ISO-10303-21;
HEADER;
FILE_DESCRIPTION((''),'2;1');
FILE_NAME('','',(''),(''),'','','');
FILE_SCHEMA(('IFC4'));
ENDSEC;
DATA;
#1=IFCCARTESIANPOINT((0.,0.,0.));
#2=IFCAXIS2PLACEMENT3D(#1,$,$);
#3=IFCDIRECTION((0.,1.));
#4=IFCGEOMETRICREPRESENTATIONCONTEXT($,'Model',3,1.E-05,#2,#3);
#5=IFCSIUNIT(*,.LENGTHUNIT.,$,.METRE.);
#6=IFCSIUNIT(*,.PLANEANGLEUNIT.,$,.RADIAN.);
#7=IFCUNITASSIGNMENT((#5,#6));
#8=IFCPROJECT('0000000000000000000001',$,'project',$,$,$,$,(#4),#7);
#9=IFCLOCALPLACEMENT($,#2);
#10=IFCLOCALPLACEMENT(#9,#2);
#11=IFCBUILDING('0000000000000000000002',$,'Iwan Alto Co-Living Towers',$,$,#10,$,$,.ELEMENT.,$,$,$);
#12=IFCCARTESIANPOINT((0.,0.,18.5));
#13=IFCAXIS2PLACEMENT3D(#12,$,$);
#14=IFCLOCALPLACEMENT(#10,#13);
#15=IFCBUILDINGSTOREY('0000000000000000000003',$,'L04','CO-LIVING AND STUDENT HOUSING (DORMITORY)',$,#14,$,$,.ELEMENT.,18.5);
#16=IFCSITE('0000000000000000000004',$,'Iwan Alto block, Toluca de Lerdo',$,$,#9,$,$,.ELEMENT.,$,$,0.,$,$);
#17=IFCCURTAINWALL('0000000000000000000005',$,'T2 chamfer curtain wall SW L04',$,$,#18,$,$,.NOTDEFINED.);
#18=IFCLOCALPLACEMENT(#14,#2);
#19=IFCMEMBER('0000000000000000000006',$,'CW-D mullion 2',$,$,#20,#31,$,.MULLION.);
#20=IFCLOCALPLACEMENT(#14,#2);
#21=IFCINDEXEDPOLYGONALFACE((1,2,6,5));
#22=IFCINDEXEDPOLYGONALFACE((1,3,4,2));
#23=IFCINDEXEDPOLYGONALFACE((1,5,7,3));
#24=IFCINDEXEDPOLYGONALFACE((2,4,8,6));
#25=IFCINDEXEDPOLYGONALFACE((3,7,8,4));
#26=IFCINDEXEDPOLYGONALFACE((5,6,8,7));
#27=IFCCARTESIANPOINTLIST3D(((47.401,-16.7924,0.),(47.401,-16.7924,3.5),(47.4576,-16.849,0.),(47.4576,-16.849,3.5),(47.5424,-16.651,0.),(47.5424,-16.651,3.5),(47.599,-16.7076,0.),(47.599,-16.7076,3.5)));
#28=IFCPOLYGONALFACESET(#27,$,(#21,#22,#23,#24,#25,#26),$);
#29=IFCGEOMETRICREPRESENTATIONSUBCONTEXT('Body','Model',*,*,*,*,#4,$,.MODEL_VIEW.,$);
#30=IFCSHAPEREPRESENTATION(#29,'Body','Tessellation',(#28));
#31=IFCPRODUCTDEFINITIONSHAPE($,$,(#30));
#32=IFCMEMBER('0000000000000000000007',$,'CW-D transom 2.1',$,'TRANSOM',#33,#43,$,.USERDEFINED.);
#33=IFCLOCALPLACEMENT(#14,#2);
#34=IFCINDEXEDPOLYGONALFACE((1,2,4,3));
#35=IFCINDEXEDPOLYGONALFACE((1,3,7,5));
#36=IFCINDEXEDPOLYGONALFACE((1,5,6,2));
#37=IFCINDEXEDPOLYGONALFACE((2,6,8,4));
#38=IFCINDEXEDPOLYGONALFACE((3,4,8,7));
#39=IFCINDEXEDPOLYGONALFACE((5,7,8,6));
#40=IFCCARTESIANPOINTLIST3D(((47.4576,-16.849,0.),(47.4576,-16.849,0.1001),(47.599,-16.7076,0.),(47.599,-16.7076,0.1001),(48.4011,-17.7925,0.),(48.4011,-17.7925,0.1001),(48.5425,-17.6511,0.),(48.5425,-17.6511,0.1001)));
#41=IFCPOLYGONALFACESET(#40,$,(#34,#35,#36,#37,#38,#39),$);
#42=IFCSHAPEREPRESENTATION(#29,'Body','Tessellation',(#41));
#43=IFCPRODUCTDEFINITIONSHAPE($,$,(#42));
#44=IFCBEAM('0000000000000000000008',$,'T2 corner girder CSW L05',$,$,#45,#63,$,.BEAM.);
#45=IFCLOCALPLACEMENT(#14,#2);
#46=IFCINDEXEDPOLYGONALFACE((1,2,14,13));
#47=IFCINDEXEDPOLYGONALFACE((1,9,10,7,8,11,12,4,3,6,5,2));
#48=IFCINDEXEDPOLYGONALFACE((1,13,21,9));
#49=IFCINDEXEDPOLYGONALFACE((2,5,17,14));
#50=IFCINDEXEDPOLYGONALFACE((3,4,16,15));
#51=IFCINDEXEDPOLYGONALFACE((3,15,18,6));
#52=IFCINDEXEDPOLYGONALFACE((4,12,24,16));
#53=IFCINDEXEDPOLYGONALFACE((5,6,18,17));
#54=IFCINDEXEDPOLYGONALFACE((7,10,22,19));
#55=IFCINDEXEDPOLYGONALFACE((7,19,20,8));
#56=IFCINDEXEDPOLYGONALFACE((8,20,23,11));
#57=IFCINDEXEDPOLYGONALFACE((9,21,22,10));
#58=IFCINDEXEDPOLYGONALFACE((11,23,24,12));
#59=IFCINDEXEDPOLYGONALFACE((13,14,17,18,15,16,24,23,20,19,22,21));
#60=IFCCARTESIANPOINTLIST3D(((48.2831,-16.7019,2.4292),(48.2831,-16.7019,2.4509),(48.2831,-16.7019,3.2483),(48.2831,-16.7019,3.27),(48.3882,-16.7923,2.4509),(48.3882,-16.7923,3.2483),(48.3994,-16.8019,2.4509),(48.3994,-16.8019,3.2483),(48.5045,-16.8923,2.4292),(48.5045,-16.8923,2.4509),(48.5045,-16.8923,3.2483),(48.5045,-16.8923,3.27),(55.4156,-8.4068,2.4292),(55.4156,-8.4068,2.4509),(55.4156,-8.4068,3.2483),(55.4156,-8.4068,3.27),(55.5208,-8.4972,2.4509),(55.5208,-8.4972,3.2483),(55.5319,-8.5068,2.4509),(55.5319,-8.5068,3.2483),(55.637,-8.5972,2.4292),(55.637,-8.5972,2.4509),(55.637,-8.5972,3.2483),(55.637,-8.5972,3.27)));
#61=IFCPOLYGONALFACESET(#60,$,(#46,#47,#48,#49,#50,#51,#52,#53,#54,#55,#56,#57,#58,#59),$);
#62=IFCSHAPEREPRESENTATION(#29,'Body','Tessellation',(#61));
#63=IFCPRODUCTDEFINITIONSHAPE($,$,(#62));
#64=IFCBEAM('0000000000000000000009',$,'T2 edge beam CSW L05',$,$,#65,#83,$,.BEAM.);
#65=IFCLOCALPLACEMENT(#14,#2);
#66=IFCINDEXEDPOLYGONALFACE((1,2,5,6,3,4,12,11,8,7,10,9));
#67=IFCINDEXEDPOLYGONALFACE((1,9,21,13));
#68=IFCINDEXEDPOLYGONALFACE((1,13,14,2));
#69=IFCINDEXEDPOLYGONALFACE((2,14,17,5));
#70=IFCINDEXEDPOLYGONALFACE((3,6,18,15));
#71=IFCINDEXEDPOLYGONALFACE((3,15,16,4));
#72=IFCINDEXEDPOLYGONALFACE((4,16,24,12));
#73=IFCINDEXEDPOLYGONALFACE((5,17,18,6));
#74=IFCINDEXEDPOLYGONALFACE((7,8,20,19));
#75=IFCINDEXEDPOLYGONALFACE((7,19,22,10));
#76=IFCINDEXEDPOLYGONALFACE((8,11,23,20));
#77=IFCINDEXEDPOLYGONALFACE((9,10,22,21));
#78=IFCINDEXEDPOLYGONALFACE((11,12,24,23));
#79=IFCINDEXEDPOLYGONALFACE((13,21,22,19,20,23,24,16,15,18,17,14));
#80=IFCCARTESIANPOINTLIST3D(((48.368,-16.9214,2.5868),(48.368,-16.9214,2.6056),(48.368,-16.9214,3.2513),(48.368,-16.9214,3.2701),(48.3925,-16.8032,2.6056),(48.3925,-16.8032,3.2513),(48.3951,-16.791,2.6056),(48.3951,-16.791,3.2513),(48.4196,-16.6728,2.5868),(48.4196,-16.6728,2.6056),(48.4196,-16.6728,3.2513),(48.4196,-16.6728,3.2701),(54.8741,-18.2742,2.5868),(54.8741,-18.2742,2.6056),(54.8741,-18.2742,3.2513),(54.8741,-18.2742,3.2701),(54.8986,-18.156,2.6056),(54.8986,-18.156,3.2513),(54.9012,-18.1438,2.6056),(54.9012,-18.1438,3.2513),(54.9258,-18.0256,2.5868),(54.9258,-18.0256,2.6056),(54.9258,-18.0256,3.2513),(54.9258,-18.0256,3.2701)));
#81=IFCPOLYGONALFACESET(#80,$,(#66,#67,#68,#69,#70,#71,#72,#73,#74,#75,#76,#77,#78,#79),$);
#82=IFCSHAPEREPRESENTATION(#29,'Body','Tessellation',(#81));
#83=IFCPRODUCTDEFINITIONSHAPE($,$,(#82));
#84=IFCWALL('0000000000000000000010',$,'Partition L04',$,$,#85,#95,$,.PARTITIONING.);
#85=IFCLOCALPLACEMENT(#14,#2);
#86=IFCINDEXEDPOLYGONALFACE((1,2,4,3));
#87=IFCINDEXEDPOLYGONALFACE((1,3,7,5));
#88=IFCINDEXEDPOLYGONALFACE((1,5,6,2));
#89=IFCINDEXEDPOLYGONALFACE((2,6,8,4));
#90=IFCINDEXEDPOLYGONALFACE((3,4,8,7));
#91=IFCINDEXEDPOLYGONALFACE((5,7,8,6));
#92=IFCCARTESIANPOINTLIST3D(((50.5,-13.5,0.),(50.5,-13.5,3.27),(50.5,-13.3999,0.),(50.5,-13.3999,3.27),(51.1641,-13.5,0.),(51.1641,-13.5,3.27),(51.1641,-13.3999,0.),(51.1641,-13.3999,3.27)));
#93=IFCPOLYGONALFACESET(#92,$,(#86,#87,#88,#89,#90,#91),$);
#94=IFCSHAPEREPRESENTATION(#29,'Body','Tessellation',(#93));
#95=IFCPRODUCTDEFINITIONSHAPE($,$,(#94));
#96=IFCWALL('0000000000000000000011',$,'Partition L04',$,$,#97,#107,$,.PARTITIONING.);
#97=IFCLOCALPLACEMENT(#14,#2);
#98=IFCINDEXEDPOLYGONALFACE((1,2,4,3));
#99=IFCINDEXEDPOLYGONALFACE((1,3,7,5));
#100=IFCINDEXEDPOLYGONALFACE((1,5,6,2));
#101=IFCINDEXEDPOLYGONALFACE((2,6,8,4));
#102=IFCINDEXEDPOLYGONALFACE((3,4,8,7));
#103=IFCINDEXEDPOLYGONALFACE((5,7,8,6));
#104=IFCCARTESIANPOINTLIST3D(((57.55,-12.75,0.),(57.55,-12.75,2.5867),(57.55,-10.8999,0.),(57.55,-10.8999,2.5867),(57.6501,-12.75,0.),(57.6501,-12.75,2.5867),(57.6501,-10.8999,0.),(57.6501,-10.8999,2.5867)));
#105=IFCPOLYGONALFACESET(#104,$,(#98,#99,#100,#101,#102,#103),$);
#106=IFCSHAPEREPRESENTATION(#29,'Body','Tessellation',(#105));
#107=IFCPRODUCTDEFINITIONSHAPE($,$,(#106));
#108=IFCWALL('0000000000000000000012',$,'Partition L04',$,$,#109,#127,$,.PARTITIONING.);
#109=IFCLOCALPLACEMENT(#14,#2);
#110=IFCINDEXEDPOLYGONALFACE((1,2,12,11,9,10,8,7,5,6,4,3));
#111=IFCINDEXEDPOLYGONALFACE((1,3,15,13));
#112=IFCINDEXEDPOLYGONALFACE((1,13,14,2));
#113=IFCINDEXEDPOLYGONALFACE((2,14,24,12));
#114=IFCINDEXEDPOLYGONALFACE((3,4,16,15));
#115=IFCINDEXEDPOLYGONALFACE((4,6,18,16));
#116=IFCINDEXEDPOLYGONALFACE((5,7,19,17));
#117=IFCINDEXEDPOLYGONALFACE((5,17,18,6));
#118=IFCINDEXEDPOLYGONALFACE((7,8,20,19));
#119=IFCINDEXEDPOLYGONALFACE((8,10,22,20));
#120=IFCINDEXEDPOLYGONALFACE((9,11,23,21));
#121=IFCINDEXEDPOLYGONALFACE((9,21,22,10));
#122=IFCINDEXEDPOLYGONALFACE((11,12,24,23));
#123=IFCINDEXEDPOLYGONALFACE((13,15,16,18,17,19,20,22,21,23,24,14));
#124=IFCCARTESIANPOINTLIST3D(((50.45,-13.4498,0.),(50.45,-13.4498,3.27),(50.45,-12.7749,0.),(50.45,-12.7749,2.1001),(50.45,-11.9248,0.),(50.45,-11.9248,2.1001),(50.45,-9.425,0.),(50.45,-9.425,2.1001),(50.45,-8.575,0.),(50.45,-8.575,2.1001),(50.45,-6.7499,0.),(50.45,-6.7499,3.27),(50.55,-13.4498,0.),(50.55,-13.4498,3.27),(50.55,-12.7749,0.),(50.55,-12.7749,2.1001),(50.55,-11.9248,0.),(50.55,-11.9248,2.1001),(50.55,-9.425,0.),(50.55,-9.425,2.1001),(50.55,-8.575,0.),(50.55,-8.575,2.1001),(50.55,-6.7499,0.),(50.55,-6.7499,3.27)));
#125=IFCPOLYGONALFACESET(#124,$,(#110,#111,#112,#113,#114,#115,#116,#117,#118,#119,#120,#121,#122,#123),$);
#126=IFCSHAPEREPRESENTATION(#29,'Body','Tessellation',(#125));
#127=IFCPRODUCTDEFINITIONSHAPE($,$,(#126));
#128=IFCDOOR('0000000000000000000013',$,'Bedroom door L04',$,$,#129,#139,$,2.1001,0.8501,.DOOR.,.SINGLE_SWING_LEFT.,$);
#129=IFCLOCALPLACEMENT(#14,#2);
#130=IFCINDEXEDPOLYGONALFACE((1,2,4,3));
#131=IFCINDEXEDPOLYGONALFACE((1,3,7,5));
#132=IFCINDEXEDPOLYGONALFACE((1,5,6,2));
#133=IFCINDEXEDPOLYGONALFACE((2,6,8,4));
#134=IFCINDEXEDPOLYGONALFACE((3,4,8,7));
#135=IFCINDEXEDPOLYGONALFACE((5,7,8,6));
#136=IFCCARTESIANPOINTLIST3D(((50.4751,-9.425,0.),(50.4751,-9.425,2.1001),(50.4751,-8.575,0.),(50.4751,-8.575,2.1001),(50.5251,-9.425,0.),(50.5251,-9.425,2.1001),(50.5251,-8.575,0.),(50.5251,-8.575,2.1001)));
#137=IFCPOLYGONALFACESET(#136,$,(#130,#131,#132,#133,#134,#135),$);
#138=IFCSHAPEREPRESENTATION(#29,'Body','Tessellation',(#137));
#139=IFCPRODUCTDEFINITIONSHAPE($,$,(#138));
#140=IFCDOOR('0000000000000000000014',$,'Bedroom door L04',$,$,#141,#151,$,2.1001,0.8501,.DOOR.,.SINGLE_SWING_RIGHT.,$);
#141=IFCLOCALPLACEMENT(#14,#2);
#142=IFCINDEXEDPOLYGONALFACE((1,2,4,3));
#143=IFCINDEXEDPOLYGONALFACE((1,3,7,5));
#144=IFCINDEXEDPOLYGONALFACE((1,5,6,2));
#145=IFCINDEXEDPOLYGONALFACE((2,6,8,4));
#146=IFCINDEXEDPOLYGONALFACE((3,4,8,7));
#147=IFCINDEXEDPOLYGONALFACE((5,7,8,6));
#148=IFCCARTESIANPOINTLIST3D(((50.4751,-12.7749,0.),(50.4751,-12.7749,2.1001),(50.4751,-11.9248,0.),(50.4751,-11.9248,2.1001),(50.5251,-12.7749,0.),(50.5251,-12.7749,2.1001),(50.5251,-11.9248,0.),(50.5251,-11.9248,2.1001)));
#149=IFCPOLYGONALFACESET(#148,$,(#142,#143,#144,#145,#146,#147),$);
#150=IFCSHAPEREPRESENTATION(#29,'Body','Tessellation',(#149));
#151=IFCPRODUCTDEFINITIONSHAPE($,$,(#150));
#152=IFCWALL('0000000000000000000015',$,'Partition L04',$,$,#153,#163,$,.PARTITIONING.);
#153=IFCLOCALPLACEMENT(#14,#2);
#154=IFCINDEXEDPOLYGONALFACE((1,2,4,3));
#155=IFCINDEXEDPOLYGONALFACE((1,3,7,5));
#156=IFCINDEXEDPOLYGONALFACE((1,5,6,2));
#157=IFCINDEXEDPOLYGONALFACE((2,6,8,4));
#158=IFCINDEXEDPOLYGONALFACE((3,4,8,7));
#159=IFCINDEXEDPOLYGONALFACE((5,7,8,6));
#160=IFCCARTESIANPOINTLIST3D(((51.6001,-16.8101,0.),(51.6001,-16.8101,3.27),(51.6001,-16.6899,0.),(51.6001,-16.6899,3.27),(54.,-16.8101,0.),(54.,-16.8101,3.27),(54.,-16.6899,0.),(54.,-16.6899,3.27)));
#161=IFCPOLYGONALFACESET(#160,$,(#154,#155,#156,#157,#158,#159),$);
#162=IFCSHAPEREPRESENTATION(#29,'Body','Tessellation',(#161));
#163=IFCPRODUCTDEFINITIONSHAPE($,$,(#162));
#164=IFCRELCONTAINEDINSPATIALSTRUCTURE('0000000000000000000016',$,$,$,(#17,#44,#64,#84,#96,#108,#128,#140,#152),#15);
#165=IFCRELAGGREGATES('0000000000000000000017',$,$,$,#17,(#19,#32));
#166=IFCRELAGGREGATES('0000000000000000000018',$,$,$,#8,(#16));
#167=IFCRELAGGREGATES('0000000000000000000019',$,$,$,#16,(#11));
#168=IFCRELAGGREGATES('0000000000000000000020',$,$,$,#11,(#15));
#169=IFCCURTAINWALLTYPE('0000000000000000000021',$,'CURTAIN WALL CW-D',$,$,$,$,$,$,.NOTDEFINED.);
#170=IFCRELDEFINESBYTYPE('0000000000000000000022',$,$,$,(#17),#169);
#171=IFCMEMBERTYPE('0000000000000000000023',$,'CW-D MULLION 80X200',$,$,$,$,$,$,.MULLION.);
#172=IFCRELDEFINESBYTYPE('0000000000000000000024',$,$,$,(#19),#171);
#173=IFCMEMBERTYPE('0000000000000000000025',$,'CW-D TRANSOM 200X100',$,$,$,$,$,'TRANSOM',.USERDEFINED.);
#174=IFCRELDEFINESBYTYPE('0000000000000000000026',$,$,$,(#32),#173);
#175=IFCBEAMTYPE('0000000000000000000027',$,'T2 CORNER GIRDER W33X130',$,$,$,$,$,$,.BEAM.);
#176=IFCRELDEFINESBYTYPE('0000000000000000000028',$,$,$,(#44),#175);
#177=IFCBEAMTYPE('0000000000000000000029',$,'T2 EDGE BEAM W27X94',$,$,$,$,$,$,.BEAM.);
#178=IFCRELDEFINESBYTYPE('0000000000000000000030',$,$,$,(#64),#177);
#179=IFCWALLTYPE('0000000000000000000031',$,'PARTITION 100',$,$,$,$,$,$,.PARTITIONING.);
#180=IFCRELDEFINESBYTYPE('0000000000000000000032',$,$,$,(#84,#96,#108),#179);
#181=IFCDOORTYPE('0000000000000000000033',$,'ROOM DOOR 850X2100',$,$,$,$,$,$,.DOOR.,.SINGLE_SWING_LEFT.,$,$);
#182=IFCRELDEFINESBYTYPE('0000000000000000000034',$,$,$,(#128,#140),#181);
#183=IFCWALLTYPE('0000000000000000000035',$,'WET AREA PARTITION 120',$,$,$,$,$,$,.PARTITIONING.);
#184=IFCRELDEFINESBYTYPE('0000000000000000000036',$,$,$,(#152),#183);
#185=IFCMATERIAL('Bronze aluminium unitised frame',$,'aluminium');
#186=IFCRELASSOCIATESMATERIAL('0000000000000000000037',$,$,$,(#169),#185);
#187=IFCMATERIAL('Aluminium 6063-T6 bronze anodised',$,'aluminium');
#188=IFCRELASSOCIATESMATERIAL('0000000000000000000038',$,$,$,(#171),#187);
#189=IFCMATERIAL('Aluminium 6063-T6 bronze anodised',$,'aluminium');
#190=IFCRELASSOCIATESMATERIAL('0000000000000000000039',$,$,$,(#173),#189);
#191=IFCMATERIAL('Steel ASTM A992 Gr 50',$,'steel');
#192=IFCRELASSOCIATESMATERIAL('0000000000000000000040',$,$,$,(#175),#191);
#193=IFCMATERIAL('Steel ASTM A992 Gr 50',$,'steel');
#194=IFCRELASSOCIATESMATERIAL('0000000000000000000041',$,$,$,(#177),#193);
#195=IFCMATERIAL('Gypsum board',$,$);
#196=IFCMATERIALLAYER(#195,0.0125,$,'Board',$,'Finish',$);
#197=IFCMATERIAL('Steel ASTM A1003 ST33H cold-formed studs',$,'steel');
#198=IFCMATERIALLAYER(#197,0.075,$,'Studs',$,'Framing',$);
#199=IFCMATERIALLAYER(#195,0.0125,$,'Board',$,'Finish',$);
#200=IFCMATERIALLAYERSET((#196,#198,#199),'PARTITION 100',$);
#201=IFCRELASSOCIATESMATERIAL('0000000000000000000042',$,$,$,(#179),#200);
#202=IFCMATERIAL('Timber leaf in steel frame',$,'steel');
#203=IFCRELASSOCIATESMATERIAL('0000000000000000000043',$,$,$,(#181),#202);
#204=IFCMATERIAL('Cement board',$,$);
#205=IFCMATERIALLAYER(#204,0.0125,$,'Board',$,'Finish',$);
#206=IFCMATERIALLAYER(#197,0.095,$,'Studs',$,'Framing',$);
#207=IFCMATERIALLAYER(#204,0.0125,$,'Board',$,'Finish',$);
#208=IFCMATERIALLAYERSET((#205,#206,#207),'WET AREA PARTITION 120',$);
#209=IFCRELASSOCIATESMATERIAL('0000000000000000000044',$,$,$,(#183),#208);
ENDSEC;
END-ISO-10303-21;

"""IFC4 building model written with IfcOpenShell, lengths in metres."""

from ifc_helpers import new_model, si_unit, direction, frame, frame_2d, origin, origin_2d, place, context, subcontext, project, spatial, rectangle, i_section, extrude, material, layer, layer_set, material_profile, profile_set, type_object, element, fill, aggregate, save


model = new_model("IFC4")

# Units and contexts
model_context = context("Model", 3, precision=1e-05, world=origin(), true_north=direction((0.0, 1.0)))
body_context = subcontext(model_context, "Body", "Model", "MODEL_VIEW")
ifc_project = project(units=[si_unit("LENGTHUNIT", "METRE"), si_unit("PLANEANGLEUNIT", "RADIAN")], contexts=[model_context])

# Site, building, storey
site_placement = place(None, origin())
site = spatial("IfcSite", under=ifc_project, at=site_placement, Name="Iwan Alto block, Toluca de Lerdo", CompositionType="ELEMENT", RefElevation=0.0)
building_placement = place(site_placement, origin())
building = spatial("IfcBuilding", under=site, at=building_placement, Name="Iwan Alto Co-Living Towers", CompositionType="ELEMENT")
storey_placement = place(building_placement, frame((0.0, 0.0, 18.5)))
storey = spatial("IfcBuildingStorey", under=building, at=storey_placement, Name="L04", Description="CO-LIVING AND STUDENT HOUSING (DORMITORY)", CompositionType="ELEMENT", Elevation=18.5)

# Curtain wall, members
ifc_material_1 = material(Name="Bronze aluminium unitised frame", Category="aluminium")
curtain_wall_type = type_object("IfcCurtainWallType", Name="CURTAIN WALL CW-D", PredefinedType="NOTDEFINED", material=ifc_material_1)
curtain_wall_placement = place(storey_placement, origin())
curtain_wall = element("IfcCurtainWall", 1, at=curtain_wall_placement, inside=storey, type_object=curtain_wall_type, Name="T2 chamfer curtain wall SW L04", PredefinedType="NOTDEFINED")
ifc_material_2 = material(Name="Aluminium 6063-T6 bronze anodised", Category="aluminium")
ifc_material_profile_1 = material_profile(ifc_material_2, rectangle(XDim=0.2, YDim=0.0801, at=origin_2d()), Name="AL 80X200")
ifc_profile_set_1 = profile_set([ifc_material_profile_1], Name="Aluminium 6063-T6 bronze anodised")
member_type_1 = type_object("IfcMemberType", Name="CW-D MULLION 80X200", PredefinedType="MULLION", material=ifc_profile_set_1)
member_1_placement = place(storey_placement, frame((47.5, -16.75, 0.0), z_axis=(0.0, 0.0, 1.0), x_axis=(0.707107, 0.707107, 0.0)))
member_1 = element("IfcMember", 2, at=member_1_placement, type_object=member_type_1, Name="CW-D mullion 2", PredefinedType="MULLION", context=body_context, shape_type="SweptSolid", body=[
    extrude(rectangle(XDim=0.2, YDim=0.0801, at=origin_2d()), origin(), (0.0, 0.0, 1.0), 3.5),
])
ifc_material_3 = material(Name="Aluminium 6063-T6 bronze anodised", Category="aluminium")
ifc_material_profile_2 = material_profile(ifc_material_3, rectangle(XDim=0.2, YDim=0.1001, at=origin_2d()), Name="AL 200X100")
ifc_profile_set_2 = profile_set([ifc_material_profile_2], Name="Aluminium 6063-T6 bronze anodised")
member_type_2 = type_object("IfcMemberType", Name="CW-D TRANSOM 200X100", ElementType="TRANSOM", PredefinedType="USERDEFINED", material=ifc_profile_set_2)
member_2_placement = place(storey_placement, frame((47.5283, -16.7783, 0.05), z_axis=(0.707107, -0.707107, 0.0), x_axis=(0.707107, 0.707107, 0.0)))
member_2 = element("IfcMember", 3, at=member_2_placement, type_object=member_type_2, Name="CW-D transom 2.1", ObjectType="TRANSOM", PredefinedType="USERDEFINED", context=body_context, shape_type="SweptSolid", body=[
    extrude(rectangle(XDim=0.2, YDim=0.1001, at=origin_2d()), origin(), (0.0, 0.0, 1.0), 1.3342),
])
aggregate(curtain_wall, [member_1, member_2])

# Beams
ifc_material_4 = material(Name="Steel ASTM A992 Gr 50", Category="steel")
ifc_material_profile_3 = material_profile(ifc_material_4, i_section(OverallWidth=0.292, OverallDepth=0.8408, WebThickness=0.0146, FlangeThickness=0.0217, at=origin_2d()), Name="W33X130")
ifc_profile_set_3 = profile_set([ifc_material_profile_3], Name="Steel ASTM A992 Gr 50")
beam_type_1 = type_object("IfcBeamType", Name="T2 CORNER GIRDER W33X130", PredefinedType="BEAM", material=ifc_profile_set_3)
beam_1_placement = place(storey_placement, frame((48.3938, -16.7971, 2.8496), z_axis=(0.651972, 0.758243, 0.0), x_axis=(-0.758243, 0.651972, 0.0)))
element("IfcBeam", 4, at=beam_1_placement, inside=storey, type_object=beam_type_1, Name="T2 corner girder CSW L05", PredefinedType="BEAM", context=body_context, shape_type="SweptSolid", body=[
    extrude(i_section(OverallWidth=0.292, OverallDepth=0.8408, WebThickness=0.0146, FlangeThickness=0.0217, at=origin_2d()), origin(), (0.0, 0.0, 1.0), 10.9399),
])
ifc_material_5 = material(Name="Steel ASTM A992 Gr 50", Category="steel")
ifc_material_profile_4 = material_profile(ifc_material_5, i_section(OverallWidth=0.2539, OverallDepth=0.6833, WebThickness=0.0125, FlangeThickness=0.0188, at=origin_2d()), Name="W27X94")
ifc_profile_set_4 = profile_set([ifc_material_profile_4], Name="Steel ASTM A992 Gr 50")
beam_type_2 = type_object("IfcBeamType", Name="T2 EDGE BEAM W27X94", PredefinedType="BEAM", material=ifc_profile_set_4)
beam_2_placement = place(storey_placement, frame((48.3938, -16.7971, 2.9285), z_axis=(0.97906, -0.203571, 0.0), x_axis=(0.203571, 0.97906, 0.0)))
element("IfcBeam", 5, at=beam_2_placement, inside=storey, type_object=beam_type_2, Name="T2 edge beam CSW L05", PredefinedType="BEAM", context=body_context, shape_type="SweptSolid", body=[
    extrude(i_section(OverallWidth=0.2539, OverallDepth=0.6833, WebThickness=0.0125, FlangeThickness=0.0188, at=origin_2d()), origin(), (0.0, 0.0, 1.0), 6.6453),
])

# Walls
ifc_material_6 = material(Name="Gypsum board")
ifc_layer_1 = layer(ifc_material_6, 0.0125, Name="Board", Category="Finish")
ifc_material_7 = material(Name="Steel ASTM A1003 ST33H cold-formed studs", Category="steel")
ifc_layer_2 = layer(ifc_material_7, 0.075, Name="Studs", Category="Framing")
ifc_layer_3 = layer(ifc_material_6, 0.0125, Name="Board", Category="Finish")
ifc_layer_set_1 = layer_set([ifc_layer_1, ifc_layer_2, ifc_layer_3], Name="PARTITION 100")
wall_type_1 = type_object("IfcWallType", Name="PARTITION 100", PredefinedType="PARTITIONING", material=ifc_layer_set_1)
wall_1_placement = place(storey_placement, frame((50.5, -13.45, 0.0), z_axis=(0.0, 0.0, 1.0), x_axis=(1.0, 0.0, 0.0)))
element("IfcWall", 6, at=wall_1_placement, inside=storey, type_object=wall_type_1, Name="Partition L04", PredefinedType="PARTITIONING", context=body_context, shape_type="SweptSolid", body=[
    extrude(rectangle(XDim=0.6641, YDim=0.1001, at=frame_2d((0.332, 0.0))), origin(), (0.0, 0.0, 1.0), 3.27),
])
wall_2_placement = place(storey_placement, frame((57.6001, -12.75, 0.0), z_axis=(0.0, 0.0, 1.0), x_axis=(0.0, 1.0, 0.0)))
element("IfcWall", 7, at=wall_2_placement, inside=storey, type_object=wall_type_1, Name="Partition L04", PredefinedType="PARTITIONING", context=body_context, shape_type="SweptSolid", body=[
    extrude(rectangle(XDim=1.8501, YDim=0.1001, at=frame_2d((0.925, 0.0))), origin(), (0.0, 0.0, 1.0), 2.5867),
])

# Wall, openings, doors
wall_3_placement = place(storey_placement, frame((50.5, -13.45, 0.0), z_axis=(0.0, 0.0, 1.0), x_axis=(0.0, 1.0, 0.0)))
wall_3 = element("IfcWall", 8, at=wall_3_placement, inside=storey, type_object=wall_type_1, Name="Partition L04", PredefinedType="PARTITIONING", context=body_context, shape_type="SweptSolid", body=[
    extrude(rectangle(XDim=6.7, YDim=0.1001, at=frame_2d((3.3501, 0.0))), origin(), (0.0, 0.0, 1.0), 3.27),
])
opening_1_placement = place(wall_3_placement, frame((4.0249, 0.0, 0.0)))
opening_1 = element("IfcOpeningElement", 9, at=opening_1_placement, cuts=wall_3, PredefinedType="OPENING", context=body_context, shape_type="SweptSolid", body=[
    extrude(rectangle(XDim=0.8501, YDim=2.1001, at=frame_2d((0.425, 1.05))), frame((0.0, 0.0601, 0.0), z_axis=(0.0, -1.0, 0.0), x_axis=(1.0, 0.0, 0.0)), (0.0, 0.0, 1.0), 0.1201),
])
opening_2_placement = place(wall_3_placement, frame((0.675, 0.0, 0.0)))
opening_2 = element("IfcOpeningElement", 10, at=opening_2_placement, cuts=wall_3, PredefinedType="OPENING", context=body_context, shape_type="SweptSolid", body=[
    extrude(rectangle(XDim=0.8501, YDim=2.1001, at=frame_2d((0.425, 1.05))), frame((0.0, 0.0601, 0.0), z_axis=(0.0, -1.0, 0.0), x_axis=(1.0, 0.0, 0.0)), (0.0, 0.0, 1.0), 0.1201),
])
ifc_material_8 = material(Name="Timber leaf in steel frame", Category="steel")
door_type = type_object("IfcDoorType", Name="ROOM DOOR 850X2100", OperationType="SINGLE_SWING_LEFT", PredefinedType="DOOR", material=ifc_material_8)
door_1_placement = place(opening_1_placement, origin())
door_1 = element("IfcDoor", 11, at=door_1_placement, inside=storey, type_object=door_type, Name="Bedroom door L04", OperationType="SINGLE_SWING_LEFT", OverallHeight=2.1001, OverallWidth=0.8501, PredefinedType="DOOR", context=body_context, shape_type="SweptSolid", body=[
    extrude(rectangle(XDim=0.8501, YDim=2.1001, at=frame_2d((0.425, 1.05))), frame((0.0, 0.0249, 0.0), z_axis=(0.0, -1.0, 0.0), x_axis=(1.0, 0.0, 0.0)), (0.0, 0.0, 1.0), 0.05),
])
fill(opening_1, door_1)
door_2_placement = place(opening_2_placement, origin())
door_2 = element("IfcDoor", 12, at=door_2_placement, inside=storey, type_object=door_type, Name="Bedroom door L04", OperationType="SINGLE_SWING_RIGHT", OverallHeight=2.1001, OverallWidth=0.8501, PredefinedType="DOOR", context=body_context, shape_type="SweptSolid", body=[
    extrude(rectangle(XDim=0.8501, YDim=2.1001, at=frame_2d((0.425, 1.05))), frame((0.0, 0.0249, 0.0), z_axis=(0.0, -1.0, 0.0), x_axis=(1.0, 0.0, 0.0)), (0.0, 0.0, 1.0), 0.05),
])
fill(opening_2, door_2)

# Wall
ifc_material_9 = material(Name="Cement board")
ifc_layer_4 = layer(ifc_material_9, 0.0125, Name="Board", Category="Finish")
ifc_layer_5 = layer(ifc_material_7, 0.095, Name="Studs", Category="Framing")
ifc_layer_6 = layer(ifc_material_9, 0.0125, Name="Board", Category="Finish")
ifc_layer_set_2 = layer_set([ifc_layer_4, ifc_layer_5, ifc_layer_6], Name="WET AREA PARTITION 120")
wall_type_2 = type_object("IfcWallType", Name="WET AREA PARTITION 120", PredefinedType="PARTITIONING", material=ifc_layer_set_2)
for number, where, z_axis, x_axis, name in (
    (13, (51.6001, -16.75, 0.0), (0.0, 0.0, 1.0), (1.0, 0.0, 0.0), "Partition L04"),
):
    element("IfcWall", number, at=place(storey_placement, frame(where, z_axis=z_axis, x_axis=x_axis)), inside=storey, type_object=wall_type_2, Name=name, PredefinedType="PARTITIONING", context=body_context, shape_type="SweptSolid", body=[
        extrude(rectangle(XDim=2.3999, YDim=0.1201, at=frame_2d((1.2, 0.0))), origin(), (0.0, 0.0, 1.0), 3.27),
    ])

save(model, "model.ifc")
